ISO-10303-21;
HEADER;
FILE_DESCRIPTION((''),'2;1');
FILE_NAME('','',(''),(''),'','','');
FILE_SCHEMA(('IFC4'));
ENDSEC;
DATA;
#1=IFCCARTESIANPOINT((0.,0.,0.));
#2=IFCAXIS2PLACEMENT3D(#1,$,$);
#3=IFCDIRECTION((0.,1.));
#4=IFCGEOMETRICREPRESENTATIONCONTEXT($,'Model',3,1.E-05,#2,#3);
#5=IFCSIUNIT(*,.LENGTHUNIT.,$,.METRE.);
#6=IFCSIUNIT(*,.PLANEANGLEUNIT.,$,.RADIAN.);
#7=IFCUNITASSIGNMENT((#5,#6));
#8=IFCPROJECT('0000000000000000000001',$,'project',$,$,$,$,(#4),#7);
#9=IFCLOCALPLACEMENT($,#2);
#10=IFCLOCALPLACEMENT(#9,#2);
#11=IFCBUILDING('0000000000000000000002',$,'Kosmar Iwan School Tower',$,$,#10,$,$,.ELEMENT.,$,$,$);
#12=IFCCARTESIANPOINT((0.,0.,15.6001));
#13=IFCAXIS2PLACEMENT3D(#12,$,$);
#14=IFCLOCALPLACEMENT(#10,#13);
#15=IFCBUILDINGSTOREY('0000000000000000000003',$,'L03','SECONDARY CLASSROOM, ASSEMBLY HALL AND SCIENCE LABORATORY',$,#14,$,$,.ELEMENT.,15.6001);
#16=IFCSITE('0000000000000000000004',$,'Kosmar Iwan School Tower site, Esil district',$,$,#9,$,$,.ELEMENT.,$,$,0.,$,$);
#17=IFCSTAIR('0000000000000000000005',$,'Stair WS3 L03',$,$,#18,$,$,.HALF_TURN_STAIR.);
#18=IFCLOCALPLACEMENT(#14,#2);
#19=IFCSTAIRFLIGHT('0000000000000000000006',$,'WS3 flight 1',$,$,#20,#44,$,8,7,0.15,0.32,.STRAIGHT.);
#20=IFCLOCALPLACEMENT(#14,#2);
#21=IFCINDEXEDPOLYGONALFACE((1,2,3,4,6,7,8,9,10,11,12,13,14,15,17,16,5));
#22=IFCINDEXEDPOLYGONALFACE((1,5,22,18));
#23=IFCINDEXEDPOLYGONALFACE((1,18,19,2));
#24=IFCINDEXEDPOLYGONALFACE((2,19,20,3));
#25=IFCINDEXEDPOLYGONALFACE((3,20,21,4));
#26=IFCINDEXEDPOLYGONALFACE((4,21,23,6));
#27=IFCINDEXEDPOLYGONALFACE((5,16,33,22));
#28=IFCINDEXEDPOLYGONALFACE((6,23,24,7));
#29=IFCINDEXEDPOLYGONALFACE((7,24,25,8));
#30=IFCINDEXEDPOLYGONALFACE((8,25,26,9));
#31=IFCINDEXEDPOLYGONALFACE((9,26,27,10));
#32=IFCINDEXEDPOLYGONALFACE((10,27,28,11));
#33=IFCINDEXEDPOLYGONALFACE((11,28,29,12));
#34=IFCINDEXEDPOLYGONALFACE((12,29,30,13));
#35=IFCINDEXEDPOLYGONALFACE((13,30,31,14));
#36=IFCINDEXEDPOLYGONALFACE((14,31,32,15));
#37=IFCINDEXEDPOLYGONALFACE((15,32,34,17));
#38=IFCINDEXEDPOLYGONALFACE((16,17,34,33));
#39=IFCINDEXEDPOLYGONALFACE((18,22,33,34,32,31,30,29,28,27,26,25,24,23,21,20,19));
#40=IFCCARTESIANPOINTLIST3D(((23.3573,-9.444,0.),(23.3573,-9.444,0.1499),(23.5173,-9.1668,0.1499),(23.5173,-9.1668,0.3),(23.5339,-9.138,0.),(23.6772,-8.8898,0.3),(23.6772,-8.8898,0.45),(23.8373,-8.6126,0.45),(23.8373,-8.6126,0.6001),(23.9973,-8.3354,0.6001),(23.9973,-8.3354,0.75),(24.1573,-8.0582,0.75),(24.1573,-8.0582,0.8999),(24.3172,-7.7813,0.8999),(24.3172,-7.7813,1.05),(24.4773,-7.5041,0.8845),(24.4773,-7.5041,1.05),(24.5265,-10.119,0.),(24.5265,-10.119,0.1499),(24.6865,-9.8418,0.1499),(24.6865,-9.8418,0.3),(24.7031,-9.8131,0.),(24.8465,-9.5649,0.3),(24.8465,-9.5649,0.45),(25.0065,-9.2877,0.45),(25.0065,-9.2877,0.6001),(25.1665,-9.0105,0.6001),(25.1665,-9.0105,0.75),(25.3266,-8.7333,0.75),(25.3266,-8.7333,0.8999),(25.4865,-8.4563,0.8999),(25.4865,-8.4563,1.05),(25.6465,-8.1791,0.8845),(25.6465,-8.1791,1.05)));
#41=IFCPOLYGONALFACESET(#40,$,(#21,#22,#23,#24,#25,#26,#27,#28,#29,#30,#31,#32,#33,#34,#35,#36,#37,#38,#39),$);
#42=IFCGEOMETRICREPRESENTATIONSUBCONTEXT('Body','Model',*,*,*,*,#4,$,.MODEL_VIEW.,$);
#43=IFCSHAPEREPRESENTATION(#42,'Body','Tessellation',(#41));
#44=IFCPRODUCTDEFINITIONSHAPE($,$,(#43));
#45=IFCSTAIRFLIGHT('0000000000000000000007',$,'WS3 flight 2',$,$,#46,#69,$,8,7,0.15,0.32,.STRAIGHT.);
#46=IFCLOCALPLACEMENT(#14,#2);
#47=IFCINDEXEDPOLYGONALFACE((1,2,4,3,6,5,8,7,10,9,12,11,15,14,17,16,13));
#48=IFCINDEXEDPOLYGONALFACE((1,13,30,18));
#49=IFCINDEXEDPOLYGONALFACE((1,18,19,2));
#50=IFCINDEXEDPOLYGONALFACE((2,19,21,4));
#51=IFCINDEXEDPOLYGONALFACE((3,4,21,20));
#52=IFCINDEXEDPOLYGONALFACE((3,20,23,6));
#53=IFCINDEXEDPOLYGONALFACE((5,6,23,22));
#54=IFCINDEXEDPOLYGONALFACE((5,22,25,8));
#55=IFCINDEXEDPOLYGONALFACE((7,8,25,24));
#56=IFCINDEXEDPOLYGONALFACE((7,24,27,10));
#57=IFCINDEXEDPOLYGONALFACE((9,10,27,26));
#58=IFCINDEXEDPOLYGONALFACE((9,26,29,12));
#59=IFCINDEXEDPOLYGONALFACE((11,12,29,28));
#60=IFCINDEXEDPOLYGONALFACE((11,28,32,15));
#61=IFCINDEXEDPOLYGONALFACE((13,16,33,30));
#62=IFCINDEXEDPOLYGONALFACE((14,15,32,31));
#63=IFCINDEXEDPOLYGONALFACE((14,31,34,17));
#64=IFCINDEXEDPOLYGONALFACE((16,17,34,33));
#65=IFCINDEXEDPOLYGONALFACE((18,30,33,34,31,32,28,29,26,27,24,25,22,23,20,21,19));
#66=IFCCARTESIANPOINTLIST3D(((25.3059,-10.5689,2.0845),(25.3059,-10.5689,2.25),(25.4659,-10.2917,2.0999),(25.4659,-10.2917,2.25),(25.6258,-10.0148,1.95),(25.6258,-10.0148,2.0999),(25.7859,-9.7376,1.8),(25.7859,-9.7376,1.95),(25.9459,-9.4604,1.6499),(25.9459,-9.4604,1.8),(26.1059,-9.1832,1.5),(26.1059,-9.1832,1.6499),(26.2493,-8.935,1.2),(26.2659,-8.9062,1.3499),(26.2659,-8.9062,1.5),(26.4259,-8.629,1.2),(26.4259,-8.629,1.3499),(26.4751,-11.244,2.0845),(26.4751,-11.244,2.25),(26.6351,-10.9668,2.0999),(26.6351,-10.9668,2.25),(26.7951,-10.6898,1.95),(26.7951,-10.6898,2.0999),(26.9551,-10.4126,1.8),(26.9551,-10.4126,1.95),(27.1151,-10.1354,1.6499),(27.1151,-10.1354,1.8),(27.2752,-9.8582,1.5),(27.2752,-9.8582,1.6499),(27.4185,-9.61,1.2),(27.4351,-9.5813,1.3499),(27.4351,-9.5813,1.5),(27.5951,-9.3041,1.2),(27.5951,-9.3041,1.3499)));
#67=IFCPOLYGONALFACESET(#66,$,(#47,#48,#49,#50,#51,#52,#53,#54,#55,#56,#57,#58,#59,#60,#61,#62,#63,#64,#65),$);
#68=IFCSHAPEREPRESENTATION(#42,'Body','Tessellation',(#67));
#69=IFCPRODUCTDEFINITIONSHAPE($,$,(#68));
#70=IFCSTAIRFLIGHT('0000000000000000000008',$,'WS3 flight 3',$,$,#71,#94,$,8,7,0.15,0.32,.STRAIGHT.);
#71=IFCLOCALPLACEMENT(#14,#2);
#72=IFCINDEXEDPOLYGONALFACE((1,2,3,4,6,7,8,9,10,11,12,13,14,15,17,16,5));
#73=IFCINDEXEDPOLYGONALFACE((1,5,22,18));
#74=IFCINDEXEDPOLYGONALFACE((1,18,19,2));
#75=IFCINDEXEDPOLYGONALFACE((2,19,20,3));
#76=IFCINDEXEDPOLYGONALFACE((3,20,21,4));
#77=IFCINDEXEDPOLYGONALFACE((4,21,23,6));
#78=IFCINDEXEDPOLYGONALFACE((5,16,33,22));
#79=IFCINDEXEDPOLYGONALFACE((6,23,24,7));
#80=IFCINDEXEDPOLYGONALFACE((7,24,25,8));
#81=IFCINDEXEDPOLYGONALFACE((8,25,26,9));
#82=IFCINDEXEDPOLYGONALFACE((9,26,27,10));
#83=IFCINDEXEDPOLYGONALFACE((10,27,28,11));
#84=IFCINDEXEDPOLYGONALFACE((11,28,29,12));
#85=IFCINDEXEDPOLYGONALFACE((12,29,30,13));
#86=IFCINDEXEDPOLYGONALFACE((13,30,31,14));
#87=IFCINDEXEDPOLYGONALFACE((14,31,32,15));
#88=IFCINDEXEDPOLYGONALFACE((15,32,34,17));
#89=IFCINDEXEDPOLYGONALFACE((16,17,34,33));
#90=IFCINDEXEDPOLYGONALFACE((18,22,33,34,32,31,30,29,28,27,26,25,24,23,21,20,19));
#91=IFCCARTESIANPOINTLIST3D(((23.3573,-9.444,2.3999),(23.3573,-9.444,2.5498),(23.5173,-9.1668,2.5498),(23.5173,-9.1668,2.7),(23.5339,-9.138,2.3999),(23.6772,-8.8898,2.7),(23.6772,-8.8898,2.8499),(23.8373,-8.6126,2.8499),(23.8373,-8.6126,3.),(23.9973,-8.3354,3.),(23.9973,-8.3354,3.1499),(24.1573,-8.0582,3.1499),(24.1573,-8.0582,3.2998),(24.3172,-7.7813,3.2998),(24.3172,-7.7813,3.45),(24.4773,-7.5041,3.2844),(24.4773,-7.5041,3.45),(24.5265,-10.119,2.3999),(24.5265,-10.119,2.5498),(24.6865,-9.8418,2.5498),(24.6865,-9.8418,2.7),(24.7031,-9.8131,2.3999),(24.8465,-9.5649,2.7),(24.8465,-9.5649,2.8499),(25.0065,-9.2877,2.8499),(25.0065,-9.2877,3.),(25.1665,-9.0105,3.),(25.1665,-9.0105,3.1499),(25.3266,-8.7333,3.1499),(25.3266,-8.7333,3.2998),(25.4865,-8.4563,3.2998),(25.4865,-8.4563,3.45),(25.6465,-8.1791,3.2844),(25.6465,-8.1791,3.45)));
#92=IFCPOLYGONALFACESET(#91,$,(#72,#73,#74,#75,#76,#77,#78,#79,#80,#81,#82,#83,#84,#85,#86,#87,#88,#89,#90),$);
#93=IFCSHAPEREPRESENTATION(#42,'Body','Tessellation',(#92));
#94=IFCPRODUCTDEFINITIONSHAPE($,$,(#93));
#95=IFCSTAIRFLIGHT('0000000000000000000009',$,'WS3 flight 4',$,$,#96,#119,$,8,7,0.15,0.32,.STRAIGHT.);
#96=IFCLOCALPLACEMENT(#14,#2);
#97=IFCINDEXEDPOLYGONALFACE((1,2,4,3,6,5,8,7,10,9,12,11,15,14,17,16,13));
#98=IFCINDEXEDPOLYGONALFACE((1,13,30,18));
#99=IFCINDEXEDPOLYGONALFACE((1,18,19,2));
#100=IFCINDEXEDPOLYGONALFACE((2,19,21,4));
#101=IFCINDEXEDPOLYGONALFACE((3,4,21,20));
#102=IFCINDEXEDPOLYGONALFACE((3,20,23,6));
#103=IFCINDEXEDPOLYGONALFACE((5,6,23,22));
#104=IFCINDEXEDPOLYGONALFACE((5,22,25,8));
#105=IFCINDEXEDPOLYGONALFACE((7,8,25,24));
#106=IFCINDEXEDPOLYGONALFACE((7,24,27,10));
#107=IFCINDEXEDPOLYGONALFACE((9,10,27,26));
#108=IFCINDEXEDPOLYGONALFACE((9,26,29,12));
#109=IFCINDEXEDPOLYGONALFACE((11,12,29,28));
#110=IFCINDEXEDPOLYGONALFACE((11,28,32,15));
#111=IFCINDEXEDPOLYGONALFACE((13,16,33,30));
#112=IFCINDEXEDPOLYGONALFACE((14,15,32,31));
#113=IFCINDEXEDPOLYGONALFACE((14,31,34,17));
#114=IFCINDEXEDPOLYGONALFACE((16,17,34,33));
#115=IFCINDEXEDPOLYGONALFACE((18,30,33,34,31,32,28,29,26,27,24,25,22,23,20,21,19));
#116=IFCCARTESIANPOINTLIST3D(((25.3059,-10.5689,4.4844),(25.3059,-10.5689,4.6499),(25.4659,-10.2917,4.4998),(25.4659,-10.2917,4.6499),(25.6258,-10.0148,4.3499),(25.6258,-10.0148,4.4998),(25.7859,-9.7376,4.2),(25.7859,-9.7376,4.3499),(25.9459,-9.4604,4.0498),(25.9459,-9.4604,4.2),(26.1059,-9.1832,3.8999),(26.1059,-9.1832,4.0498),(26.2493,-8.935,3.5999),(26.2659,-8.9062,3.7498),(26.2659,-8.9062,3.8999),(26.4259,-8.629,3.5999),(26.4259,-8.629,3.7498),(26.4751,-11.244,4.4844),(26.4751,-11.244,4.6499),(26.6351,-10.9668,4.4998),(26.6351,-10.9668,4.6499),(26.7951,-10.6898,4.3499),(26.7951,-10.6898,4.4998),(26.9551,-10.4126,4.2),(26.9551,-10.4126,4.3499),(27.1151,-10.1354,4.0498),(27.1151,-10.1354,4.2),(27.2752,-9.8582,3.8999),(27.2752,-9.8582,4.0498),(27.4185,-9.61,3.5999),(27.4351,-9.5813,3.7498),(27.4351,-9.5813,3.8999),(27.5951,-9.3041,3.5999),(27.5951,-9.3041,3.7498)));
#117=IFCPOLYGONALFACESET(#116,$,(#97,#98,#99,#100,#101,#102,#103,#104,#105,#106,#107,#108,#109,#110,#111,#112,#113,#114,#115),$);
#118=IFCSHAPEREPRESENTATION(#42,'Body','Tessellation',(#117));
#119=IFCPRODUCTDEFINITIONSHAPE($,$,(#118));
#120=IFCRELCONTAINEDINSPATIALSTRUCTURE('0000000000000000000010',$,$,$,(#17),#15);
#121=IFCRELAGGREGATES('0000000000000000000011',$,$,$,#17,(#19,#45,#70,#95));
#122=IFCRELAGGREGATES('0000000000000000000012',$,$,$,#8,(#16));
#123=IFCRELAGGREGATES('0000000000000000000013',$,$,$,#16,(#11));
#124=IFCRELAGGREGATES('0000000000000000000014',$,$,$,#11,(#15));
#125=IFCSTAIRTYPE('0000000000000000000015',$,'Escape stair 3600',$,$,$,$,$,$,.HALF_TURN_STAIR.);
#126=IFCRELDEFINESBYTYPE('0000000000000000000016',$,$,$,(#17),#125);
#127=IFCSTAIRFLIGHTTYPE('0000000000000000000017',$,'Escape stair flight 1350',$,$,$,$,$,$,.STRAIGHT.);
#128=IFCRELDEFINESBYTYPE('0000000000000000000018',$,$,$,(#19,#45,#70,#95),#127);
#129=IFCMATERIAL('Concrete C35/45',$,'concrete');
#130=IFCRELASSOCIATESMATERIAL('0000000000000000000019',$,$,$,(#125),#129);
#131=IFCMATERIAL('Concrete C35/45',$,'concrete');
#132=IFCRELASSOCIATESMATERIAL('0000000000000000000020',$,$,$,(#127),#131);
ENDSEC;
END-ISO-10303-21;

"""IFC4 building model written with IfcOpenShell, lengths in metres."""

from ifc_helpers import new_model, si_unit, direction, frame, origin, place, context, subcontext, project, spatial, polyline, outline, extrude, material, type_object, element, aggregate, save


model = new_model("IFC4")

# Units and contexts
model_context = context("Model", 3, precision=1e-05, world=origin(), true_north=direction((0.0, 1.0)))
body_context = subcontext(model_context, "Body", "Model", "MODEL_VIEW")
ifc_project = project(units=[si_unit("LENGTHUNIT", "METRE"), si_unit("PLANEANGLEUNIT", "RADIAN")], contexts=[model_context])

# Site, building, storey
site_placement = place(None, origin())
site = spatial("IfcSite", under=ifc_project, at=site_placement, Name="Kosmar Iwan School Tower site, Esil district", CompositionType="ELEMENT", RefElevation=0.0)
building_placement = place(site_placement, origin())
building = spatial("IfcBuilding", under=site, at=building_placement, Name="Kosmar Iwan School Tower", CompositionType="ELEMENT")
storey_placement = place(building_placement, frame((0.0, 0.0, 15.6001)))
storey = spatial("IfcBuildingStorey", under=building, at=storey_placement, Name="L03", Description="SECONDARY CLASSROOM, ASSEMBLY HALL AND SCIENCE LABORATORY", CompositionType="ELEMENT", Elevation=15.6001)

# Stair, stair flights
ifc_material_1 = material(Name="Concrete C35/45", Category="concrete")
stair_type = type_object("IfcStairType", Name="Escape stair 3600", PredefinedType="HALF_TURN_STAIR", material=ifc_material_1)
stair_placement = place(storey_placement, origin())
stair = element("IfcStair", 1, at=stair_placement, inside=storey, type_object=stair_type, Name="Stair WS3 L03", PredefinedType="HALF_TURN_STAIR")
ifc_material_2 = material(Name="Concrete C35/45", Category="concrete")
stair_flight_type = type_object("IfcStairFlightType", Name="Escape stair flight 1350", PredefinedType="STRAIGHT", material=ifc_material_2)
stair_flight_1_placement = place(storey_placement, frame((23.9419, -9.7815, 0.0), z_axis=(0.0, 0.0, 1.0), x_axis=(0.5, 0.866025, 0.0)))
stair_flight_1 = element("IfcStairFlight", 2, at=stair_flight_1_placement, type_object=stair_flight_type, Name="WS3 flight 1", NumberOfRisers=8, NumberOfTreads=7, PredefinedType="STRAIGHT", RiserHeight=0.15, TreadLength=0.32, context=body_context, shape_type="SweptSolid", body=[
    extrude(outline(polyline([(0.0, 0.0), (0.0, 0.1499), (0.3201, 0.1499), (0.3201, 0.3), (0.6399, 0.3), (0.6399, 0.45), (0.96, 0.45), (0.96, 0.6001), (1.28, 0.6001), (1.28, 0.75), (1.6001, 0.75), (1.6001, 0.8999), (1.9199, 0.8999), (1.9199, 1.05), (2.24, 1.05), (2.24, 1.2), (2.24, 0.8845), (0.3533, 0.0), (0.0, 0.0)])), frame((0.0, 0.675, 0.0), z_axis=(0.0, -1.0, 0.0), x_axis=(1.0, 0.0, 0.0)), (0.0, 0.0, 1.0), 1.3501),
])
stair_flight_2_placement = place(storey_placement, frame((27.0105, -8.9666, 1.2), z_axis=(0.0, 0.0, 1.0), x_axis=(-0.5, -0.866025, 0.0)))
stair_flight_2 = element("IfcStairFlight", 3, at=stair_flight_2_placement, type_object=stair_flight_type, Name="WS3 flight 2", NumberOfRisers=8, NumberOfTreads=7, PredefinedType="STRAIGHT", RiserHeight=0.15, TreadLength=0.32, context=body_context, shape_type="SweptSolid", body=[
    extrude(outline(polyline([(0.0, 0.0), (0.0, 0.1499), (0.3201, 0.1499), (0.3201, 0.3), (0.6399, 0.3), (0.6399, 0.45), (0.96, 0.45), (0.96, 0.6001), (1.28, 0.6001), (1.28, 0.75), (1.6001, 0.75), (1.6001, 0.8999), (1.9199, 0.8999), (1.9199, 1.05), (2.24, 1.05), (2.24, 1.2), (2.24, 0.8845), (0.3533, 0.0), (0.0, 0.0)])), frame((0.0, 0.675, 0.0), z_axis=(0.0, -1.0, 0.0), x_axis=(1.0, 0.0, 0.0)), (0.0, 0.0, 1.0), 1.3501),
])
stair_flight_3_placement = place(storey_placement, frame((23.9419, -9.7815, 2.3999), z_axis=(0.0, 0.0, 1.0), x_axis=(0.5, 0.866025, 0.0)))
stair_flight_3 = element("IfcStairFlight", 4, at=stair_flight_3_placement, type_object=stair_flight_type, Name="WS3 flight 3", NumberOfRisers=8, NumberOfTreads=7, PredefinedType="STRAIGHT", RiserHeight=0.15, TreadLength=0.32, context=body_context, shape_type="SweptSolid", body=[
    extrude(outline(polyline([(0.0, 0.0), (0.0, 0.1499), (0.3201, 0.1499), (0.3201, 0.3), (0.6399, 0.3), (0.6399, 0.45), (0.96, 0.45), (0.96, 0.6001), (1.28, 0.6001), (1.28, 0.75), (1.6001, 0.75), (1.6001, 0.8999), (1.9199, 0.8999), (1.9199, 1.05), (2.24, 1.05), (2.24, 1.2), (2.24, 0.8845), (0.3533, 0.0), (0.0, 0.0)])), frame((0.0, 0.675, 0.0), z_axis=(0.0, -1.0, 0.0), x_axis=(1.0, 0.0, 0.0)), (0.0, 0.0, 1.0), 1.3501),
])
stair_flight_4_placement = place(storey_placement, frame((27.0105, -8.9666, 3.5999), z_axis=(0.0, 0.0, 1.0), x_axis=(-0.5, -0.866025, 0.0)))
stair_flight_4 = element("IfcStairFlight", 5, at=stair_flight_4_placement, type_object=stair_flight_type, Name="WS3 flight 4", NumberOfRisers=8, NumberOfTreads=7, PredefinedType="STRAIGHT", RiserHeight=0.15, TreadLength=0.32, context=body_context, shape_type="SweptSolid", body=[
    extrude(outline(polyline([(0.0, 0.0), (0.0, 0.1499), (0.3201, 0.1499), (0.3201, 0.3), (0.6399, 0.3), (0.6399, 0.45), (0.96, 0.45), (0.96, 0.6001), (1.28, 0.6001), (1.28, 0.75), (1.6001, 0.75), (1.6001, 0.8999), (1.9199, 0.8999), (1.9199, 1.05), (2.24, 1.05), (2.24, 1.2), (2.24, 0.8845), (0.3533, 0.0), (0.0, 0.0)])), frame((0.0, 0.675, 0.0), z_axis=(0.0, -1.0, 0.0), x_axis=(1.0, 0.0, 0.0)), (0.0, 0.0, 1.0), 1.3501),
])
aggregate(stair, [stair_flight_1, stair_flight_2, stair_flight_3, stair_flight_4])

save(model, "model.ifc")
